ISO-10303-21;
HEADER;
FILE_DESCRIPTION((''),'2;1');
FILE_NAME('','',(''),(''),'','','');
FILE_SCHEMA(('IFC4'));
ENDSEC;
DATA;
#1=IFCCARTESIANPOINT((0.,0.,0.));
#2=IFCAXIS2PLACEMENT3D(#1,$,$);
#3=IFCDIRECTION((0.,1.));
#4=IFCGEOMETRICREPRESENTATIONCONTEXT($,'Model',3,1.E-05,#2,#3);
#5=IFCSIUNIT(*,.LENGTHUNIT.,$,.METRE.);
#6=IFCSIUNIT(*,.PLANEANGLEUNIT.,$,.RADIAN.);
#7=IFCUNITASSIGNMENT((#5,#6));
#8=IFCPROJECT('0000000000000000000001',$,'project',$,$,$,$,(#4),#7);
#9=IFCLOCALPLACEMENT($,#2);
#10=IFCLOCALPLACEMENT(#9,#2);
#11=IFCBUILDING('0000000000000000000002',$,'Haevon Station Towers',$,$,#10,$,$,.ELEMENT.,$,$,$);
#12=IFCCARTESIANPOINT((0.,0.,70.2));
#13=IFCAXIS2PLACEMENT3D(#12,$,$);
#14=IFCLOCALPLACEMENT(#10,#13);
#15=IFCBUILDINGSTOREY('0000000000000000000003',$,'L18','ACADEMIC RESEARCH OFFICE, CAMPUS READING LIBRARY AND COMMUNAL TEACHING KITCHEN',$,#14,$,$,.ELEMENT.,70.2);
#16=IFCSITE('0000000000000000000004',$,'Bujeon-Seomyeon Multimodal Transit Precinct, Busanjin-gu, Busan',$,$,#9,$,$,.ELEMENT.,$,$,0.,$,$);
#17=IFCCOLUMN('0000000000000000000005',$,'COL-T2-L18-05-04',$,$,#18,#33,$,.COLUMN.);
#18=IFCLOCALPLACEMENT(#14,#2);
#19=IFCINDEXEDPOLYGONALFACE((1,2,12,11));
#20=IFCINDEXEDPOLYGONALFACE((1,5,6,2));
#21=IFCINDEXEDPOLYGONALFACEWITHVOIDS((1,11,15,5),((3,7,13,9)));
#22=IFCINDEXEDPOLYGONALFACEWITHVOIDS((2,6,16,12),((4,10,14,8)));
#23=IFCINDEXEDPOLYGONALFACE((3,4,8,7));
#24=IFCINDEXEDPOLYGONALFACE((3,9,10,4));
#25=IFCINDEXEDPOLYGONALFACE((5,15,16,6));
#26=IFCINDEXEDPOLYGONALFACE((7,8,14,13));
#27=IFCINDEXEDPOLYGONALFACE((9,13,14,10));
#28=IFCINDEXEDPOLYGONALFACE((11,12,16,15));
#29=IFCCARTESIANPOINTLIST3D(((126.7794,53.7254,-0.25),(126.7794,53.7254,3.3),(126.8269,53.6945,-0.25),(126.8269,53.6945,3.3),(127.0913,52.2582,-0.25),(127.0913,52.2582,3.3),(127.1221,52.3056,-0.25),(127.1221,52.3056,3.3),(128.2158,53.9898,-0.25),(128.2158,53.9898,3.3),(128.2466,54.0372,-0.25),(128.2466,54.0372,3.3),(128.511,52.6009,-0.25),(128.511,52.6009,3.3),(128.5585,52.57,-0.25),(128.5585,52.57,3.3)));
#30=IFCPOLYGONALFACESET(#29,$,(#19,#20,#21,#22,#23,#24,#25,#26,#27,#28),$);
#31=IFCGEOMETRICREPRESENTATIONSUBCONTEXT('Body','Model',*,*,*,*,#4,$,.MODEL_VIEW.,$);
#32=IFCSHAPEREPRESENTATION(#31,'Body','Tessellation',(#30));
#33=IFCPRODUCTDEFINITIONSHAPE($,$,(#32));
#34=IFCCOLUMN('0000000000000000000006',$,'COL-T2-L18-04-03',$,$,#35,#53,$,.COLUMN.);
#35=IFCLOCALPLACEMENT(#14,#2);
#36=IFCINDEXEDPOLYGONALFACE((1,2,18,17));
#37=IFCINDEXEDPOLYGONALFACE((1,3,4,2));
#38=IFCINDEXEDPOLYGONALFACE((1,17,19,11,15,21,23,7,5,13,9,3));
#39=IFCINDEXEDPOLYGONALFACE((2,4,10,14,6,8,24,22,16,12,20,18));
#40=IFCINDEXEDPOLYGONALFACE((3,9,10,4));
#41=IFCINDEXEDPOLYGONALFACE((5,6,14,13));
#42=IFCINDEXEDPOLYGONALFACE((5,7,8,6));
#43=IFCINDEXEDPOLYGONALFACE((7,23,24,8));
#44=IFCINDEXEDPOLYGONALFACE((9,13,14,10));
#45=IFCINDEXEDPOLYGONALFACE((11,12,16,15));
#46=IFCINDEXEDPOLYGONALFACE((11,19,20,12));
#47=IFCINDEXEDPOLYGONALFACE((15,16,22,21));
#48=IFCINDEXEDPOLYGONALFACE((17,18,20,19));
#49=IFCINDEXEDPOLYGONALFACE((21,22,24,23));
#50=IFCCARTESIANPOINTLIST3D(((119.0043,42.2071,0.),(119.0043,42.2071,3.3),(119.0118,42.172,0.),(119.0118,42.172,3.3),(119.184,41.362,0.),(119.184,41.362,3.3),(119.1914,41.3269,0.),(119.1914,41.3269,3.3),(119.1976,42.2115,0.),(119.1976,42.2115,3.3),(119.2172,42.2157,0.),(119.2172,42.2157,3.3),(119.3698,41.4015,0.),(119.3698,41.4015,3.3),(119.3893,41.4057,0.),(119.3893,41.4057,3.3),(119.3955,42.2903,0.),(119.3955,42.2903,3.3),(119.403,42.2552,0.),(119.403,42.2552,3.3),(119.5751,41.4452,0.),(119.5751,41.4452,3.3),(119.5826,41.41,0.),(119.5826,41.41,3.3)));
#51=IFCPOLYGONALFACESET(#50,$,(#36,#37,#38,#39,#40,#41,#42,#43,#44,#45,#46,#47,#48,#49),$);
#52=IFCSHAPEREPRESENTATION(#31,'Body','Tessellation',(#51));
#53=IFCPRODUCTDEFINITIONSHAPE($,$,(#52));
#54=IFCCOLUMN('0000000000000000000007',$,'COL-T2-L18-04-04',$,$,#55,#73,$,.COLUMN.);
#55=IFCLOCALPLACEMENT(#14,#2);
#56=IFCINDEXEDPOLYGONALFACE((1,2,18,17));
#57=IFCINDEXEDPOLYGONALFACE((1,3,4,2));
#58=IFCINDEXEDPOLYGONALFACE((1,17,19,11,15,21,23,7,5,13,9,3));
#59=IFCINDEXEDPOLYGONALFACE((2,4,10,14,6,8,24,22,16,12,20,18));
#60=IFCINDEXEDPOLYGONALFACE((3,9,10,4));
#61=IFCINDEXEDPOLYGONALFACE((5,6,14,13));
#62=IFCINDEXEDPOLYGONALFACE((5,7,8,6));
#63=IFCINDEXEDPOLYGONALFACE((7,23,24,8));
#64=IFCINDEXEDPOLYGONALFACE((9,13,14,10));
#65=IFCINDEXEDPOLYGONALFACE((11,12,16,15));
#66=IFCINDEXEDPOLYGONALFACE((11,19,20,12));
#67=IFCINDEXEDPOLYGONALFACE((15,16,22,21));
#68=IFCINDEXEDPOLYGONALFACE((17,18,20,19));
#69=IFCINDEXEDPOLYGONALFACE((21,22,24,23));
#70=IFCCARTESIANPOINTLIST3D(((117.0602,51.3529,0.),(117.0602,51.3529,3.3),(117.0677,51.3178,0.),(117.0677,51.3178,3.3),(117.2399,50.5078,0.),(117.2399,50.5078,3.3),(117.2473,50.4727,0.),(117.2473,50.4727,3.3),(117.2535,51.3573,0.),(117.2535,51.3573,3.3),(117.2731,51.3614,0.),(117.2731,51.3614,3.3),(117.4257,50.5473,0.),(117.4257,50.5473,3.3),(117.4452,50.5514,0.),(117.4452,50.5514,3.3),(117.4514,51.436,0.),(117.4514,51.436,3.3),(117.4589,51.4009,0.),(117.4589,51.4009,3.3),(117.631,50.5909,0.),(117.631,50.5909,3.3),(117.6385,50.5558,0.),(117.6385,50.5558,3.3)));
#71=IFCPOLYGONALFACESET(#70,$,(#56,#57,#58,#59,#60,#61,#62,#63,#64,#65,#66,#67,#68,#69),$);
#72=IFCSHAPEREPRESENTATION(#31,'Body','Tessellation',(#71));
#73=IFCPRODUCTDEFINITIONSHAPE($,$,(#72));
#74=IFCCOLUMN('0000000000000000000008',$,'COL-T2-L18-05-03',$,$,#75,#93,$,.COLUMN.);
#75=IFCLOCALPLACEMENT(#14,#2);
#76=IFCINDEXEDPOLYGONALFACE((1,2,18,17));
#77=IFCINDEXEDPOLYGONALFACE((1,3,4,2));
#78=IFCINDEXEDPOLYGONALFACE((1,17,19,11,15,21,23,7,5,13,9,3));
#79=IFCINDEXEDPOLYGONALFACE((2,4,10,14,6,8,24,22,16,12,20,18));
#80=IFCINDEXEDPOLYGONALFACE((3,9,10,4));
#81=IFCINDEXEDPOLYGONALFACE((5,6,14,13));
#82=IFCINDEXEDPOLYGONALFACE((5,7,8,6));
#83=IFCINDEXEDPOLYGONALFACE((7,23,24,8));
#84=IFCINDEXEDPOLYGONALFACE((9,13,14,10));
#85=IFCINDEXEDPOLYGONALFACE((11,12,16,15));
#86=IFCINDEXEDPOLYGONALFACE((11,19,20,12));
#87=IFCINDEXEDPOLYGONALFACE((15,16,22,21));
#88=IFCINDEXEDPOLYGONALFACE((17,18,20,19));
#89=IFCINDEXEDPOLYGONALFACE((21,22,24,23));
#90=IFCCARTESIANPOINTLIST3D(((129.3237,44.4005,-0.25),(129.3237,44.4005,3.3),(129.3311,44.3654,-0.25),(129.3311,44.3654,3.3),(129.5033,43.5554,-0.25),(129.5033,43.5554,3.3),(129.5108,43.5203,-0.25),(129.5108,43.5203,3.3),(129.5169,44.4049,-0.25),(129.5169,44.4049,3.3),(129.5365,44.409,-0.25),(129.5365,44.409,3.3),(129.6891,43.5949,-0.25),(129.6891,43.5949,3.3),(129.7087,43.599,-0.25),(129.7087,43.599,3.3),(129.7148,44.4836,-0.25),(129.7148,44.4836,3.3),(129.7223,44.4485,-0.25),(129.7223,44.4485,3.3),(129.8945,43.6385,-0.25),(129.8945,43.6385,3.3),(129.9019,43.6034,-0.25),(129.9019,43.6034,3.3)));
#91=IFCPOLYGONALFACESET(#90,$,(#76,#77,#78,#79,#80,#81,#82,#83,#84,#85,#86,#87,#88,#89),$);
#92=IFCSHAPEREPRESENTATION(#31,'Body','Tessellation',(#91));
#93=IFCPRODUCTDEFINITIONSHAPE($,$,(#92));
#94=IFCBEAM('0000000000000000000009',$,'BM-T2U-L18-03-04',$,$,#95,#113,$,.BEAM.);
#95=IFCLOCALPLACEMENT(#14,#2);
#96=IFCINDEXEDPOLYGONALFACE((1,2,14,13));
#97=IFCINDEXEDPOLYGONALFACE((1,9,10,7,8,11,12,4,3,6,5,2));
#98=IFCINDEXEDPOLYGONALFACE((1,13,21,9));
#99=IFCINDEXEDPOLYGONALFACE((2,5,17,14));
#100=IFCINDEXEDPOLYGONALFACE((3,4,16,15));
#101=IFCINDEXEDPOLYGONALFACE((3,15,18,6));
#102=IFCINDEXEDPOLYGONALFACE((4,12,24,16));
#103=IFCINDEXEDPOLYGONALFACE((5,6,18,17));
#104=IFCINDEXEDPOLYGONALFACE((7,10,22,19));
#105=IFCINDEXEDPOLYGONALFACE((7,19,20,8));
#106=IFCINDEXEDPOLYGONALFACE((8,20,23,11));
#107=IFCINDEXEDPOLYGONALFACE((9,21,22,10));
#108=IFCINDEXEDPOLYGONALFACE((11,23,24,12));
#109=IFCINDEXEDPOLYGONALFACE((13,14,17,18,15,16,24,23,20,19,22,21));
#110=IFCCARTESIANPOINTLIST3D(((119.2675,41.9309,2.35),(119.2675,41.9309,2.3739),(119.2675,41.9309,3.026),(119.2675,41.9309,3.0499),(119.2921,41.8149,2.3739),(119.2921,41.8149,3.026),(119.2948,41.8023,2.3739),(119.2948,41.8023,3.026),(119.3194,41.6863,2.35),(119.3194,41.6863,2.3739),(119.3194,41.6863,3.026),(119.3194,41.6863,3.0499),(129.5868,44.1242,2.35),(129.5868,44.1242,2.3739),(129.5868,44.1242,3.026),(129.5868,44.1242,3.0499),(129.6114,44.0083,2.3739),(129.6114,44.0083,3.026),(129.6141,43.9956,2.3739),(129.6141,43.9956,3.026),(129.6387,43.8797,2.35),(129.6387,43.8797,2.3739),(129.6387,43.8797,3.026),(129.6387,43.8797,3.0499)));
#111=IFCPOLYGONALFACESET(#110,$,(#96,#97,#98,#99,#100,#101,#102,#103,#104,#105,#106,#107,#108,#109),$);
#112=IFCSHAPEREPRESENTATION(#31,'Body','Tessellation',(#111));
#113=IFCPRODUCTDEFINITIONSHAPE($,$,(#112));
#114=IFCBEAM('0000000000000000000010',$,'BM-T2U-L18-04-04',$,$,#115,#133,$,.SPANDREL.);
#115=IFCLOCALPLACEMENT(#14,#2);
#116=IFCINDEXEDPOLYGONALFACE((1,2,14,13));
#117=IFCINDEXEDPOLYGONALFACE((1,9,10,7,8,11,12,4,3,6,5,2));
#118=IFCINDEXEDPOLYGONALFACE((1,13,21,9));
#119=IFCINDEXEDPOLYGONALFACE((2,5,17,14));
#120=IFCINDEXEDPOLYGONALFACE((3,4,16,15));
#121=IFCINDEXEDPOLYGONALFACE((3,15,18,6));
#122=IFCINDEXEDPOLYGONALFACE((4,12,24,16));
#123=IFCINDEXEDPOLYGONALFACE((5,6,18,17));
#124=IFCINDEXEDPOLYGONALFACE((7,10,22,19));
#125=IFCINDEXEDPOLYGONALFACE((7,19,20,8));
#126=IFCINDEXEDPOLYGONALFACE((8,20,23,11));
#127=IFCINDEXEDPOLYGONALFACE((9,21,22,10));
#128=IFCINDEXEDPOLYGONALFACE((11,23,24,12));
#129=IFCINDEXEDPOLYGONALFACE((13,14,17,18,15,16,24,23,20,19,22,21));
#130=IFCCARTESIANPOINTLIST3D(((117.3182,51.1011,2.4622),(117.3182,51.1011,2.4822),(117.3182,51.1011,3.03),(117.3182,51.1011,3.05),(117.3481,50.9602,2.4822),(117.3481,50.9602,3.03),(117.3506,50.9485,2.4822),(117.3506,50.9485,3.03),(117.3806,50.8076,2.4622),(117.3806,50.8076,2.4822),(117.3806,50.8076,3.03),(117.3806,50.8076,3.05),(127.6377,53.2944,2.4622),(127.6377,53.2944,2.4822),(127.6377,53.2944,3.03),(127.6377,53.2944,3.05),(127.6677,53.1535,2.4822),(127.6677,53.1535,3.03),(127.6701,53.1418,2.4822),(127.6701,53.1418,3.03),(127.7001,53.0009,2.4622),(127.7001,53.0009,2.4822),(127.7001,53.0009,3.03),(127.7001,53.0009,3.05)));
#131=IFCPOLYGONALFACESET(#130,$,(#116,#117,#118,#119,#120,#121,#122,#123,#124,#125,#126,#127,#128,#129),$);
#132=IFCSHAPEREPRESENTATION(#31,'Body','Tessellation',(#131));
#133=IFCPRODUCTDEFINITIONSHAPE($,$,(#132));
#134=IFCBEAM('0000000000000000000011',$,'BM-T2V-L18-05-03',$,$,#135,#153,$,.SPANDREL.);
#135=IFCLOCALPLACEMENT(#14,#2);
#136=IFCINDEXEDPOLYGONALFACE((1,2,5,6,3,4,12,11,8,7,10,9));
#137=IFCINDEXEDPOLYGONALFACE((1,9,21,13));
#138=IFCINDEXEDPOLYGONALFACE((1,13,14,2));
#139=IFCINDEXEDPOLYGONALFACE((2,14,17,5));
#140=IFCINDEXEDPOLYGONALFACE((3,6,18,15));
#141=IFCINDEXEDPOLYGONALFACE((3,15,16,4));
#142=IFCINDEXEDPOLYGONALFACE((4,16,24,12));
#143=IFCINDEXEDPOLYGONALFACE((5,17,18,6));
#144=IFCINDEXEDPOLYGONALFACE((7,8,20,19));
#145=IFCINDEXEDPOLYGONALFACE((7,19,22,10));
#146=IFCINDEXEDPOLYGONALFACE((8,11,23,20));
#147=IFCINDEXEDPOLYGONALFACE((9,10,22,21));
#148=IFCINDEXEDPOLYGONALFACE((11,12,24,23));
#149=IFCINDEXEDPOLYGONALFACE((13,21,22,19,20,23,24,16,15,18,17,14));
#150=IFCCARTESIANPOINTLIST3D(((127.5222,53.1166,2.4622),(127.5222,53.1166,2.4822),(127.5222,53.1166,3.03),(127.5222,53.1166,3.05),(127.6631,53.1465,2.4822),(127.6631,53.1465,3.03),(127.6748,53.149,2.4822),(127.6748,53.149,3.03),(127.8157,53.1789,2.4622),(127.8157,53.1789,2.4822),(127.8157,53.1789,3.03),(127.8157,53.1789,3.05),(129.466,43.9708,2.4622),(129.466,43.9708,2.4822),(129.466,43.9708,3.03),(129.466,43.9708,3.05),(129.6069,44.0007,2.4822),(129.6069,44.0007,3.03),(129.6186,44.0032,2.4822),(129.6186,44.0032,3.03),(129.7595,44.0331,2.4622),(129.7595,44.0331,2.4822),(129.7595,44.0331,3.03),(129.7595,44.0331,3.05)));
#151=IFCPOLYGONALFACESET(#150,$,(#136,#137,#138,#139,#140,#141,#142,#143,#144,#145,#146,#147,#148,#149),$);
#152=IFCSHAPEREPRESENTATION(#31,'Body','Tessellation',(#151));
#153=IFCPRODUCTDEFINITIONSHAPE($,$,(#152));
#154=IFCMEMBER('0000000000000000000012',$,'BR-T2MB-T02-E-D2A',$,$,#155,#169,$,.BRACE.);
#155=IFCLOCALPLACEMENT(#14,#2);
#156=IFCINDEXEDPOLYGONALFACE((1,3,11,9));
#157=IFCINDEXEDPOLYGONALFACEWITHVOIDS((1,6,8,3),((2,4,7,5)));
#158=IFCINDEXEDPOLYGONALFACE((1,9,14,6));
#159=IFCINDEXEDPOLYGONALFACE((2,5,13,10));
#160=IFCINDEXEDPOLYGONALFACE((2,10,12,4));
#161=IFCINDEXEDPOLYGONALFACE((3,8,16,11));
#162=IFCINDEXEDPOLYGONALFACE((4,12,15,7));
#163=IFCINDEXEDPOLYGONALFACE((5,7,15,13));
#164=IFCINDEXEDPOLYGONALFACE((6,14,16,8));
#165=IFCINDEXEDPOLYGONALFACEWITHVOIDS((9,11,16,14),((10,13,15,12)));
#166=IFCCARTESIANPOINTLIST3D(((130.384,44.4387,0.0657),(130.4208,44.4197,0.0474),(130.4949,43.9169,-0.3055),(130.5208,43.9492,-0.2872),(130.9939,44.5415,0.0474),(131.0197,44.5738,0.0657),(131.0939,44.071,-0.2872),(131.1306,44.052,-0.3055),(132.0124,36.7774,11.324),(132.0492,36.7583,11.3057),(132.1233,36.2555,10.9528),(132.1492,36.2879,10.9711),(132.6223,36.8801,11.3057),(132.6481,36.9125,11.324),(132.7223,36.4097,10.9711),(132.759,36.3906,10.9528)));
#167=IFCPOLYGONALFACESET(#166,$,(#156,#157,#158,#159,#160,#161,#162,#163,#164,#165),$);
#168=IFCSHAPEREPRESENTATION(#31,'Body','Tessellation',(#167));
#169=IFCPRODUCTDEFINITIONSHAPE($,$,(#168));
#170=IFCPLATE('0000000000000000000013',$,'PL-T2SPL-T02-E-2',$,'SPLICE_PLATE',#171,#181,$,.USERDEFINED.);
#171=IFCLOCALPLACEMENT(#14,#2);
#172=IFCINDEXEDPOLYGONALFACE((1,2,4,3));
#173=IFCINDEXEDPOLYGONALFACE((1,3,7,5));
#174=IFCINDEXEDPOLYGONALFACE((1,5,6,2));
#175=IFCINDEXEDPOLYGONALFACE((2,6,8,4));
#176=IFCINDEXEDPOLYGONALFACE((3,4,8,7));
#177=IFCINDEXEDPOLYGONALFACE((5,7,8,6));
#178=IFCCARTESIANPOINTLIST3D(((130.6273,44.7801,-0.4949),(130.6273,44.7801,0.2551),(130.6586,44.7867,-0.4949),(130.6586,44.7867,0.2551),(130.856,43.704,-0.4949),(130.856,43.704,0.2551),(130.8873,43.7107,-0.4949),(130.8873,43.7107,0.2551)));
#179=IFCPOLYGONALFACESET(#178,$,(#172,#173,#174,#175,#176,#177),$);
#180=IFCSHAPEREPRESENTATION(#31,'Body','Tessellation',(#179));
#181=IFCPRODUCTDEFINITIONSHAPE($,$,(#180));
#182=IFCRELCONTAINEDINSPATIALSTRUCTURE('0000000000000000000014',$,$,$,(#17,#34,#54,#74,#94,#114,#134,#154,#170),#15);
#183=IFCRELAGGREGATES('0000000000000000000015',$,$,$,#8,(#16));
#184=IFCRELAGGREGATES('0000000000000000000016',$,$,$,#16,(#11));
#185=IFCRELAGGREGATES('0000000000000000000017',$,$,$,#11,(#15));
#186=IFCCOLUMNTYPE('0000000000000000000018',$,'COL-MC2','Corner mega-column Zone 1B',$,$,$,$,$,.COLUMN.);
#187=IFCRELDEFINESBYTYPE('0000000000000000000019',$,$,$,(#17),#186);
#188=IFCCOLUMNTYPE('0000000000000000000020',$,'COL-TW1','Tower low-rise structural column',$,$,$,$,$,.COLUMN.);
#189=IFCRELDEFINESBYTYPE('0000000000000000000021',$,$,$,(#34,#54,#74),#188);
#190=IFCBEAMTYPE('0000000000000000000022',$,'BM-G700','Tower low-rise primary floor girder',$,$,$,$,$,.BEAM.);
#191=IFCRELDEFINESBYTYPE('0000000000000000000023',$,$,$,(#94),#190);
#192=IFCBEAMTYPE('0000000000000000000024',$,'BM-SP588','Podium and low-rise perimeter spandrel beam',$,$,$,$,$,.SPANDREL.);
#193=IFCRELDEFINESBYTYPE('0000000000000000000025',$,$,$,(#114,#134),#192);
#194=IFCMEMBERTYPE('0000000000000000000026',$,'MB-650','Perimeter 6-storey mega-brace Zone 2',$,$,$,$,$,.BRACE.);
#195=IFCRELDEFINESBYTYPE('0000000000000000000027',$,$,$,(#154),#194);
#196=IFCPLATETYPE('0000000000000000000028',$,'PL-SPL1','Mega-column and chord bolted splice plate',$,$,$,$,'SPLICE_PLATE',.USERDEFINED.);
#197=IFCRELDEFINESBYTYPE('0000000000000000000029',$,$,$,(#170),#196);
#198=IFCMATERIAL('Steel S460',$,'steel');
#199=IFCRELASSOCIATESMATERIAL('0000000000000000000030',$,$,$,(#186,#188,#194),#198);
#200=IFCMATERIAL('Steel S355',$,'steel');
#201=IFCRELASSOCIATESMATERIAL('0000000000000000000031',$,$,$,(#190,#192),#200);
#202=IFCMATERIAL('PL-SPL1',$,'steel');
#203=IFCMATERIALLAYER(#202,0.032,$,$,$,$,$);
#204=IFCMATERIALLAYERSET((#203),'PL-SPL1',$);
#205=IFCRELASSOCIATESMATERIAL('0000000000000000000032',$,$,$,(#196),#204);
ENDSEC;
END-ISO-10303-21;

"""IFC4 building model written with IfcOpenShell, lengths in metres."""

from ifc_helpers import new_model, si_unit, direction, frame, origin, origin_2d, place, context, subcontext, project, spatial, rectangle, hollow_rectangle, i_section, extrude, material, layer, layer_set, material_profile, profile_set, type_object, element, save


model = new_model("IFC4")

# Units and contexts
model_context = context("Model", 3, precision=1e-05, world=origin(), true_north=direction((0.0, 1.0)))
body_context = subcontext(model_context, "Body", "Model", "MODEL_VIEW")
ifc_project = project(units=[si_unit("LENGTHUNIT", "METRE"), si_unit("PLANEANGLEUNIT", "RADIAN")], contexts=[model_context])

# Site, building, storey
site_placement = place(None, origin())
site = spatial("IfcSite", under=ifc_project, at=site_placement, Name="Bujeon-Seomyeon Multimodal Transit Precinct, Busanjin-gu, Busan", CompositionType="ELEMENT", RefElevation=0.0)
building_placement = place(site_placement, origin())
building = spatial("IfcBuilding", under=site, at=building_placement, Name="Haevon Station Towers", CompositionType="ELEMENT")
storey_placement = place(building_placement, frame((0.0, 0.0, 70.2)))
storey = spatial("IfcBuildingStorey", under=building, at=storey_placement, Name="L18", Description="ACADEMIC RESEARCH OFFICE, CAMPUS READING LIBRARY AND COMMUNAL TEACHING KITCHEN", CompositionType="ELEMENT", Elevation=70.2)

# Columns
ifc_material_1 = material(Name="Steel S460", Category="steel")
ifc_material_profile_1 = material_profile(ifc_material_1, hollow_rectangle(XDim=1.5, YDim=1.5, WallThickness=0.04, at=origin_2d()), Name="BOX-1500x1500x40")
ifc_profile_set_1 = profile_set([ifc_material_profile_1], Name="Steel S460")
column_type_1 = type_object("IfcColumnType", Name="COL-MC2", Description="Corner mega-column Zone 1B", PredefinedType="COLUMN", material=ifc_profile_set_1)
column_1_placement = place(storey_placement, frame((127.6689, 53.1477, -0.25), z_axis=(0.0, 0.0, 1.0), x_axis=(0.978148, 0.207912, 0.0)))
element("IfcColumn", 1, at=column_1_placement, inside=storey, type_object=column_type_1, Name="COL-T2-L18-05-04", PredefinedType="COLUMN", context=body_context, shape_type="SweptSolid", body=[
    extrude(hollow_rectangle(XDim=1.5, YDim=1.5, WallThickness=0.04, at=origin_2d()), origin(), (0.0, 0.0, 1.0), 3.55),
])
ifc_material_profile_2 = material_profile(ifc_material_1, i_section(OverallWidth=0.3999, OverallDepth=0.8999, WebThickness=0.02, FlangeThickness=0.0359, at=origin_2d()), Name="H-900x400x20x36")
ifc_profile_set_2 = profile_set([ifc_material_profile_2], Name="Steel S460")
column_type_2 = type_object("IfcColumnType", Name="COL-TW1", Description="Tower low-rise structural column", PredefinedType="COLUMN", material=ifc_profile_set_2)
for number, where, z_axis, x_axis, name in (
    (2, (119.2935, 41.8086, 0.0), (0.0, 0.0, 1.0), (0.978148, 0.207912, 0.0), "COL-T2-L18-04-03"),
    (3, (117.3494, 50.9543, 0.0), (0.0, 0.0, 1.0), (0.978148, 0.207912, 0.0), "COL-T2-L18-04-04"),
):
    element("IfcColumn", number, at=place(storey_placement, frame(where, z_axis=z_axis, x_axis=x_axis)), inside=storey, type_object=column_type_2, Name=name, PredefinedType="COLUMN", context=body_context, shape_type="SweptSolid", body=[
        extrude(i_section(OverallWidth=0.3999, OverallDepth=0.8999, WebThickness=0.02, FlangeThickness=0.0359, at=origin_2d()), origin(), (0.0, 0.0, 1.0), 3.3),
    ])
column_2_placement = place(storey_placement, frame((129.6128, 44.002, -0.25), z_axis=(0.0, 0.0, 1.0), x_axis=(0.978148, 0.207912, 0.0)))
element("IfcColumn", 4, at=column_2_placement, inside=storey, type_object=column_type_2, Name="COL-T2-L18-05-03", PredefinedType="COLUMN", context=body_context, shape_type="SweptSolid", body=[
    extrude(i_section(OverallWidth=0.3999, OverallDepth=0.8999, WebThickness=0.02, FlangeThickness=0.0359, at=origin_2d()), origin(), (0.0, 0.0, 1.0), 3.55),
])

# Beams
ifc_material_2 = material(Name="Steel S355", Category="steel")
ifc_material_profile_3 = material_profile(ifc_material_2, i_section(OverallWidth=0.25, OverallDepth=0.7, WebThickness=0.0129, FlangeThickness=0.0239, at=origin_2d()), Name="H-700x250x13x24")
ifc_profile_set_3 = profile_set([ifc_material_profile_3], Name="Steel S355")
beam_type_1 = type_object("IfcBeamType", Name="BM-G700", Description="Tower low-rise primary floor girder", PredefinedType="BEAM", material=ifc_profile_set_3)
beam_1_placement = place(storey_placement, frame((119.2935, 41.8086, 2.7), z_axis=(0.978149, 0.207904, 0.0), x_axis=(-0.207904, 0.978149, 0.0)))
element("IfcBeam", 5, at=beam_1_placement, inside=storey, type_object=beam_type_1, Name="BM-T2U-L18-03-04", PredefinedType="BEAM", context=body_context, shape_type="SweptSolid", body=[
    extrude(i_section(OverallWidth=0.25, OverallDepth=0.7, WebThickness=0.0129, FlangeThickness=0.0239, at=origin_2d()), origin(), (0.0, 0.0, 1.0), 10.5498),
])
ifc_material_profile_4 = material_profile(ifc_material_2, i_section(OverallWidth=0.3, OverallDepth=0.5879, WebThickness=0.012, FlangeThickness=0.02, at=origin_2d()), Name="H-588x300x12x20")
ifc_profile_set_4 = profile_set([ifc_material_profile_4], Name="Steel S355")
beam_type_2 = type_object("IfcBeamType", Name="BM-SP588", Description="Podium and low-rise perimeter spandrel beam", PredefinedType="SPANDREL", material=ifc_profile_set_4)
beam_2_placement = place(storey_placement, frame((117.3494, 50.9543, 2.7561), z_axis=(0.97815, 0.207899, 0.0), x_axis=(-0.207899, 0.97815, 0.0)))
element("IfcBeam", 6, at=beam_2_placement, inside=storey, type_object=beam_type_2, Name="BM-T2U-L18-04-04", PredefinedType="SPANDREL", context=body_context, shape_type="SweptSolid", body=[
    extrude(i_section(OverallWidth=0.3, OverallDepth=0.5879, WebThickness=0.012, FlangeThickness=0.02, at=origin_2d()), origin(), (0.0, 0.0, 1.0), 10.55),
])
beam_3_placement = place(storey_placement, frame((129.6128, 44.002, 2.7561), z_axis=(-0.207897, 0.978151, 0.0), x_axis=(-0.978151, -0.207897, 0.0)))
element("IfcBeam", 7, at=beam_3_placement, inside=storey, type_object=beam_type_2, Name="BM-T2V-L18-05-03", PredefinedType="SPANDREL", context=body_context, shape_type="SweptSolid", body=[
    extrude(i_section(OverallWidth=0.3, OverallDepth=0.5879, WebThickness=0.012, FlangeThickness=0.02, at=origin_2d()), origin(), (0.0, 0.0, 1.0), 9.3501),
])

# Member
ifc_material_profile_5 = material_profile(ifc_material_1, hollow_rectangle(XDim=0.6499, YDim=0.6499, WallThickness=0.032, at=origin_2d()), Name="RHS-650x650x32")
ifc_profile_set_5 = profile_set([ifc_material_profile_5], Name="Steel S460")
member_type = type_object("IfcMemberType", Name="MB-650", Description="Perimeter 6-storey mega-brace Zone 2", PredefinedType="BRACE", material=ifc_profile_set_5)
member_placement = place(storey_placement, frame((130.7573, 44.2454, -0.1199), z_axis=(0.118734, -0.558618, 0.820883), x_axis=(0.978149, 0.207905, 0.0)))
element("IfcMember", 8, at=member_placement, inside=storey, type_object=member_type, Name="BR-T2MB-T02-E-D2A", PredefinedType="BRACE", context=body_context, shape_type="SweptSolid", body=[
    extrude(hollow_rectangle(XDim=0.6499, YDim=0.6499, WallThickness=0.032, at=origin_2d()), origin(), (0.0, 0.0, 1.0), 13.7148),
])

# Plate
ifc_material_3 = material(Name="PL-SPL1", Category="steel")
ifc_layer_1 = layer(ifc_material_3, 0.032)
ifc_layer_set_1 = layer_set([ifc_layer_1], Name="PL-SPL1")
plate_type = type_object("IfcPlateType", Name="PL-SPL1", Description="Mega-column and chord bolted splice plate", ElementType="SPLICE_PLATE", PredefinedType="USERDEFINED", material=ifc_layer_set_1)
plate_placement = place(storey_placement, frame((130.7573, 44.2454, -0.4949), z_axis=(0.0, 0.0, 1.0), x_axis=(-0.207912, 0.978148, 0.0)))
element("IfcPlate", 9, at=plate_placement, inside=storey, type_object=plate_type, Name="PL-T2SPL-T02-E-2", ObjectType="SPLICE_PLATE", PredefinedType="USERDEFINED", context=body_context, shape_type="SweptSolid", body=[
    extrude(rectangle(XDim=1.1001, YDim=0.032, at=origin_2d()), origin(), (0.0, 0.0, 1.0), 0.75),
])

save(model, "model.ifc")
